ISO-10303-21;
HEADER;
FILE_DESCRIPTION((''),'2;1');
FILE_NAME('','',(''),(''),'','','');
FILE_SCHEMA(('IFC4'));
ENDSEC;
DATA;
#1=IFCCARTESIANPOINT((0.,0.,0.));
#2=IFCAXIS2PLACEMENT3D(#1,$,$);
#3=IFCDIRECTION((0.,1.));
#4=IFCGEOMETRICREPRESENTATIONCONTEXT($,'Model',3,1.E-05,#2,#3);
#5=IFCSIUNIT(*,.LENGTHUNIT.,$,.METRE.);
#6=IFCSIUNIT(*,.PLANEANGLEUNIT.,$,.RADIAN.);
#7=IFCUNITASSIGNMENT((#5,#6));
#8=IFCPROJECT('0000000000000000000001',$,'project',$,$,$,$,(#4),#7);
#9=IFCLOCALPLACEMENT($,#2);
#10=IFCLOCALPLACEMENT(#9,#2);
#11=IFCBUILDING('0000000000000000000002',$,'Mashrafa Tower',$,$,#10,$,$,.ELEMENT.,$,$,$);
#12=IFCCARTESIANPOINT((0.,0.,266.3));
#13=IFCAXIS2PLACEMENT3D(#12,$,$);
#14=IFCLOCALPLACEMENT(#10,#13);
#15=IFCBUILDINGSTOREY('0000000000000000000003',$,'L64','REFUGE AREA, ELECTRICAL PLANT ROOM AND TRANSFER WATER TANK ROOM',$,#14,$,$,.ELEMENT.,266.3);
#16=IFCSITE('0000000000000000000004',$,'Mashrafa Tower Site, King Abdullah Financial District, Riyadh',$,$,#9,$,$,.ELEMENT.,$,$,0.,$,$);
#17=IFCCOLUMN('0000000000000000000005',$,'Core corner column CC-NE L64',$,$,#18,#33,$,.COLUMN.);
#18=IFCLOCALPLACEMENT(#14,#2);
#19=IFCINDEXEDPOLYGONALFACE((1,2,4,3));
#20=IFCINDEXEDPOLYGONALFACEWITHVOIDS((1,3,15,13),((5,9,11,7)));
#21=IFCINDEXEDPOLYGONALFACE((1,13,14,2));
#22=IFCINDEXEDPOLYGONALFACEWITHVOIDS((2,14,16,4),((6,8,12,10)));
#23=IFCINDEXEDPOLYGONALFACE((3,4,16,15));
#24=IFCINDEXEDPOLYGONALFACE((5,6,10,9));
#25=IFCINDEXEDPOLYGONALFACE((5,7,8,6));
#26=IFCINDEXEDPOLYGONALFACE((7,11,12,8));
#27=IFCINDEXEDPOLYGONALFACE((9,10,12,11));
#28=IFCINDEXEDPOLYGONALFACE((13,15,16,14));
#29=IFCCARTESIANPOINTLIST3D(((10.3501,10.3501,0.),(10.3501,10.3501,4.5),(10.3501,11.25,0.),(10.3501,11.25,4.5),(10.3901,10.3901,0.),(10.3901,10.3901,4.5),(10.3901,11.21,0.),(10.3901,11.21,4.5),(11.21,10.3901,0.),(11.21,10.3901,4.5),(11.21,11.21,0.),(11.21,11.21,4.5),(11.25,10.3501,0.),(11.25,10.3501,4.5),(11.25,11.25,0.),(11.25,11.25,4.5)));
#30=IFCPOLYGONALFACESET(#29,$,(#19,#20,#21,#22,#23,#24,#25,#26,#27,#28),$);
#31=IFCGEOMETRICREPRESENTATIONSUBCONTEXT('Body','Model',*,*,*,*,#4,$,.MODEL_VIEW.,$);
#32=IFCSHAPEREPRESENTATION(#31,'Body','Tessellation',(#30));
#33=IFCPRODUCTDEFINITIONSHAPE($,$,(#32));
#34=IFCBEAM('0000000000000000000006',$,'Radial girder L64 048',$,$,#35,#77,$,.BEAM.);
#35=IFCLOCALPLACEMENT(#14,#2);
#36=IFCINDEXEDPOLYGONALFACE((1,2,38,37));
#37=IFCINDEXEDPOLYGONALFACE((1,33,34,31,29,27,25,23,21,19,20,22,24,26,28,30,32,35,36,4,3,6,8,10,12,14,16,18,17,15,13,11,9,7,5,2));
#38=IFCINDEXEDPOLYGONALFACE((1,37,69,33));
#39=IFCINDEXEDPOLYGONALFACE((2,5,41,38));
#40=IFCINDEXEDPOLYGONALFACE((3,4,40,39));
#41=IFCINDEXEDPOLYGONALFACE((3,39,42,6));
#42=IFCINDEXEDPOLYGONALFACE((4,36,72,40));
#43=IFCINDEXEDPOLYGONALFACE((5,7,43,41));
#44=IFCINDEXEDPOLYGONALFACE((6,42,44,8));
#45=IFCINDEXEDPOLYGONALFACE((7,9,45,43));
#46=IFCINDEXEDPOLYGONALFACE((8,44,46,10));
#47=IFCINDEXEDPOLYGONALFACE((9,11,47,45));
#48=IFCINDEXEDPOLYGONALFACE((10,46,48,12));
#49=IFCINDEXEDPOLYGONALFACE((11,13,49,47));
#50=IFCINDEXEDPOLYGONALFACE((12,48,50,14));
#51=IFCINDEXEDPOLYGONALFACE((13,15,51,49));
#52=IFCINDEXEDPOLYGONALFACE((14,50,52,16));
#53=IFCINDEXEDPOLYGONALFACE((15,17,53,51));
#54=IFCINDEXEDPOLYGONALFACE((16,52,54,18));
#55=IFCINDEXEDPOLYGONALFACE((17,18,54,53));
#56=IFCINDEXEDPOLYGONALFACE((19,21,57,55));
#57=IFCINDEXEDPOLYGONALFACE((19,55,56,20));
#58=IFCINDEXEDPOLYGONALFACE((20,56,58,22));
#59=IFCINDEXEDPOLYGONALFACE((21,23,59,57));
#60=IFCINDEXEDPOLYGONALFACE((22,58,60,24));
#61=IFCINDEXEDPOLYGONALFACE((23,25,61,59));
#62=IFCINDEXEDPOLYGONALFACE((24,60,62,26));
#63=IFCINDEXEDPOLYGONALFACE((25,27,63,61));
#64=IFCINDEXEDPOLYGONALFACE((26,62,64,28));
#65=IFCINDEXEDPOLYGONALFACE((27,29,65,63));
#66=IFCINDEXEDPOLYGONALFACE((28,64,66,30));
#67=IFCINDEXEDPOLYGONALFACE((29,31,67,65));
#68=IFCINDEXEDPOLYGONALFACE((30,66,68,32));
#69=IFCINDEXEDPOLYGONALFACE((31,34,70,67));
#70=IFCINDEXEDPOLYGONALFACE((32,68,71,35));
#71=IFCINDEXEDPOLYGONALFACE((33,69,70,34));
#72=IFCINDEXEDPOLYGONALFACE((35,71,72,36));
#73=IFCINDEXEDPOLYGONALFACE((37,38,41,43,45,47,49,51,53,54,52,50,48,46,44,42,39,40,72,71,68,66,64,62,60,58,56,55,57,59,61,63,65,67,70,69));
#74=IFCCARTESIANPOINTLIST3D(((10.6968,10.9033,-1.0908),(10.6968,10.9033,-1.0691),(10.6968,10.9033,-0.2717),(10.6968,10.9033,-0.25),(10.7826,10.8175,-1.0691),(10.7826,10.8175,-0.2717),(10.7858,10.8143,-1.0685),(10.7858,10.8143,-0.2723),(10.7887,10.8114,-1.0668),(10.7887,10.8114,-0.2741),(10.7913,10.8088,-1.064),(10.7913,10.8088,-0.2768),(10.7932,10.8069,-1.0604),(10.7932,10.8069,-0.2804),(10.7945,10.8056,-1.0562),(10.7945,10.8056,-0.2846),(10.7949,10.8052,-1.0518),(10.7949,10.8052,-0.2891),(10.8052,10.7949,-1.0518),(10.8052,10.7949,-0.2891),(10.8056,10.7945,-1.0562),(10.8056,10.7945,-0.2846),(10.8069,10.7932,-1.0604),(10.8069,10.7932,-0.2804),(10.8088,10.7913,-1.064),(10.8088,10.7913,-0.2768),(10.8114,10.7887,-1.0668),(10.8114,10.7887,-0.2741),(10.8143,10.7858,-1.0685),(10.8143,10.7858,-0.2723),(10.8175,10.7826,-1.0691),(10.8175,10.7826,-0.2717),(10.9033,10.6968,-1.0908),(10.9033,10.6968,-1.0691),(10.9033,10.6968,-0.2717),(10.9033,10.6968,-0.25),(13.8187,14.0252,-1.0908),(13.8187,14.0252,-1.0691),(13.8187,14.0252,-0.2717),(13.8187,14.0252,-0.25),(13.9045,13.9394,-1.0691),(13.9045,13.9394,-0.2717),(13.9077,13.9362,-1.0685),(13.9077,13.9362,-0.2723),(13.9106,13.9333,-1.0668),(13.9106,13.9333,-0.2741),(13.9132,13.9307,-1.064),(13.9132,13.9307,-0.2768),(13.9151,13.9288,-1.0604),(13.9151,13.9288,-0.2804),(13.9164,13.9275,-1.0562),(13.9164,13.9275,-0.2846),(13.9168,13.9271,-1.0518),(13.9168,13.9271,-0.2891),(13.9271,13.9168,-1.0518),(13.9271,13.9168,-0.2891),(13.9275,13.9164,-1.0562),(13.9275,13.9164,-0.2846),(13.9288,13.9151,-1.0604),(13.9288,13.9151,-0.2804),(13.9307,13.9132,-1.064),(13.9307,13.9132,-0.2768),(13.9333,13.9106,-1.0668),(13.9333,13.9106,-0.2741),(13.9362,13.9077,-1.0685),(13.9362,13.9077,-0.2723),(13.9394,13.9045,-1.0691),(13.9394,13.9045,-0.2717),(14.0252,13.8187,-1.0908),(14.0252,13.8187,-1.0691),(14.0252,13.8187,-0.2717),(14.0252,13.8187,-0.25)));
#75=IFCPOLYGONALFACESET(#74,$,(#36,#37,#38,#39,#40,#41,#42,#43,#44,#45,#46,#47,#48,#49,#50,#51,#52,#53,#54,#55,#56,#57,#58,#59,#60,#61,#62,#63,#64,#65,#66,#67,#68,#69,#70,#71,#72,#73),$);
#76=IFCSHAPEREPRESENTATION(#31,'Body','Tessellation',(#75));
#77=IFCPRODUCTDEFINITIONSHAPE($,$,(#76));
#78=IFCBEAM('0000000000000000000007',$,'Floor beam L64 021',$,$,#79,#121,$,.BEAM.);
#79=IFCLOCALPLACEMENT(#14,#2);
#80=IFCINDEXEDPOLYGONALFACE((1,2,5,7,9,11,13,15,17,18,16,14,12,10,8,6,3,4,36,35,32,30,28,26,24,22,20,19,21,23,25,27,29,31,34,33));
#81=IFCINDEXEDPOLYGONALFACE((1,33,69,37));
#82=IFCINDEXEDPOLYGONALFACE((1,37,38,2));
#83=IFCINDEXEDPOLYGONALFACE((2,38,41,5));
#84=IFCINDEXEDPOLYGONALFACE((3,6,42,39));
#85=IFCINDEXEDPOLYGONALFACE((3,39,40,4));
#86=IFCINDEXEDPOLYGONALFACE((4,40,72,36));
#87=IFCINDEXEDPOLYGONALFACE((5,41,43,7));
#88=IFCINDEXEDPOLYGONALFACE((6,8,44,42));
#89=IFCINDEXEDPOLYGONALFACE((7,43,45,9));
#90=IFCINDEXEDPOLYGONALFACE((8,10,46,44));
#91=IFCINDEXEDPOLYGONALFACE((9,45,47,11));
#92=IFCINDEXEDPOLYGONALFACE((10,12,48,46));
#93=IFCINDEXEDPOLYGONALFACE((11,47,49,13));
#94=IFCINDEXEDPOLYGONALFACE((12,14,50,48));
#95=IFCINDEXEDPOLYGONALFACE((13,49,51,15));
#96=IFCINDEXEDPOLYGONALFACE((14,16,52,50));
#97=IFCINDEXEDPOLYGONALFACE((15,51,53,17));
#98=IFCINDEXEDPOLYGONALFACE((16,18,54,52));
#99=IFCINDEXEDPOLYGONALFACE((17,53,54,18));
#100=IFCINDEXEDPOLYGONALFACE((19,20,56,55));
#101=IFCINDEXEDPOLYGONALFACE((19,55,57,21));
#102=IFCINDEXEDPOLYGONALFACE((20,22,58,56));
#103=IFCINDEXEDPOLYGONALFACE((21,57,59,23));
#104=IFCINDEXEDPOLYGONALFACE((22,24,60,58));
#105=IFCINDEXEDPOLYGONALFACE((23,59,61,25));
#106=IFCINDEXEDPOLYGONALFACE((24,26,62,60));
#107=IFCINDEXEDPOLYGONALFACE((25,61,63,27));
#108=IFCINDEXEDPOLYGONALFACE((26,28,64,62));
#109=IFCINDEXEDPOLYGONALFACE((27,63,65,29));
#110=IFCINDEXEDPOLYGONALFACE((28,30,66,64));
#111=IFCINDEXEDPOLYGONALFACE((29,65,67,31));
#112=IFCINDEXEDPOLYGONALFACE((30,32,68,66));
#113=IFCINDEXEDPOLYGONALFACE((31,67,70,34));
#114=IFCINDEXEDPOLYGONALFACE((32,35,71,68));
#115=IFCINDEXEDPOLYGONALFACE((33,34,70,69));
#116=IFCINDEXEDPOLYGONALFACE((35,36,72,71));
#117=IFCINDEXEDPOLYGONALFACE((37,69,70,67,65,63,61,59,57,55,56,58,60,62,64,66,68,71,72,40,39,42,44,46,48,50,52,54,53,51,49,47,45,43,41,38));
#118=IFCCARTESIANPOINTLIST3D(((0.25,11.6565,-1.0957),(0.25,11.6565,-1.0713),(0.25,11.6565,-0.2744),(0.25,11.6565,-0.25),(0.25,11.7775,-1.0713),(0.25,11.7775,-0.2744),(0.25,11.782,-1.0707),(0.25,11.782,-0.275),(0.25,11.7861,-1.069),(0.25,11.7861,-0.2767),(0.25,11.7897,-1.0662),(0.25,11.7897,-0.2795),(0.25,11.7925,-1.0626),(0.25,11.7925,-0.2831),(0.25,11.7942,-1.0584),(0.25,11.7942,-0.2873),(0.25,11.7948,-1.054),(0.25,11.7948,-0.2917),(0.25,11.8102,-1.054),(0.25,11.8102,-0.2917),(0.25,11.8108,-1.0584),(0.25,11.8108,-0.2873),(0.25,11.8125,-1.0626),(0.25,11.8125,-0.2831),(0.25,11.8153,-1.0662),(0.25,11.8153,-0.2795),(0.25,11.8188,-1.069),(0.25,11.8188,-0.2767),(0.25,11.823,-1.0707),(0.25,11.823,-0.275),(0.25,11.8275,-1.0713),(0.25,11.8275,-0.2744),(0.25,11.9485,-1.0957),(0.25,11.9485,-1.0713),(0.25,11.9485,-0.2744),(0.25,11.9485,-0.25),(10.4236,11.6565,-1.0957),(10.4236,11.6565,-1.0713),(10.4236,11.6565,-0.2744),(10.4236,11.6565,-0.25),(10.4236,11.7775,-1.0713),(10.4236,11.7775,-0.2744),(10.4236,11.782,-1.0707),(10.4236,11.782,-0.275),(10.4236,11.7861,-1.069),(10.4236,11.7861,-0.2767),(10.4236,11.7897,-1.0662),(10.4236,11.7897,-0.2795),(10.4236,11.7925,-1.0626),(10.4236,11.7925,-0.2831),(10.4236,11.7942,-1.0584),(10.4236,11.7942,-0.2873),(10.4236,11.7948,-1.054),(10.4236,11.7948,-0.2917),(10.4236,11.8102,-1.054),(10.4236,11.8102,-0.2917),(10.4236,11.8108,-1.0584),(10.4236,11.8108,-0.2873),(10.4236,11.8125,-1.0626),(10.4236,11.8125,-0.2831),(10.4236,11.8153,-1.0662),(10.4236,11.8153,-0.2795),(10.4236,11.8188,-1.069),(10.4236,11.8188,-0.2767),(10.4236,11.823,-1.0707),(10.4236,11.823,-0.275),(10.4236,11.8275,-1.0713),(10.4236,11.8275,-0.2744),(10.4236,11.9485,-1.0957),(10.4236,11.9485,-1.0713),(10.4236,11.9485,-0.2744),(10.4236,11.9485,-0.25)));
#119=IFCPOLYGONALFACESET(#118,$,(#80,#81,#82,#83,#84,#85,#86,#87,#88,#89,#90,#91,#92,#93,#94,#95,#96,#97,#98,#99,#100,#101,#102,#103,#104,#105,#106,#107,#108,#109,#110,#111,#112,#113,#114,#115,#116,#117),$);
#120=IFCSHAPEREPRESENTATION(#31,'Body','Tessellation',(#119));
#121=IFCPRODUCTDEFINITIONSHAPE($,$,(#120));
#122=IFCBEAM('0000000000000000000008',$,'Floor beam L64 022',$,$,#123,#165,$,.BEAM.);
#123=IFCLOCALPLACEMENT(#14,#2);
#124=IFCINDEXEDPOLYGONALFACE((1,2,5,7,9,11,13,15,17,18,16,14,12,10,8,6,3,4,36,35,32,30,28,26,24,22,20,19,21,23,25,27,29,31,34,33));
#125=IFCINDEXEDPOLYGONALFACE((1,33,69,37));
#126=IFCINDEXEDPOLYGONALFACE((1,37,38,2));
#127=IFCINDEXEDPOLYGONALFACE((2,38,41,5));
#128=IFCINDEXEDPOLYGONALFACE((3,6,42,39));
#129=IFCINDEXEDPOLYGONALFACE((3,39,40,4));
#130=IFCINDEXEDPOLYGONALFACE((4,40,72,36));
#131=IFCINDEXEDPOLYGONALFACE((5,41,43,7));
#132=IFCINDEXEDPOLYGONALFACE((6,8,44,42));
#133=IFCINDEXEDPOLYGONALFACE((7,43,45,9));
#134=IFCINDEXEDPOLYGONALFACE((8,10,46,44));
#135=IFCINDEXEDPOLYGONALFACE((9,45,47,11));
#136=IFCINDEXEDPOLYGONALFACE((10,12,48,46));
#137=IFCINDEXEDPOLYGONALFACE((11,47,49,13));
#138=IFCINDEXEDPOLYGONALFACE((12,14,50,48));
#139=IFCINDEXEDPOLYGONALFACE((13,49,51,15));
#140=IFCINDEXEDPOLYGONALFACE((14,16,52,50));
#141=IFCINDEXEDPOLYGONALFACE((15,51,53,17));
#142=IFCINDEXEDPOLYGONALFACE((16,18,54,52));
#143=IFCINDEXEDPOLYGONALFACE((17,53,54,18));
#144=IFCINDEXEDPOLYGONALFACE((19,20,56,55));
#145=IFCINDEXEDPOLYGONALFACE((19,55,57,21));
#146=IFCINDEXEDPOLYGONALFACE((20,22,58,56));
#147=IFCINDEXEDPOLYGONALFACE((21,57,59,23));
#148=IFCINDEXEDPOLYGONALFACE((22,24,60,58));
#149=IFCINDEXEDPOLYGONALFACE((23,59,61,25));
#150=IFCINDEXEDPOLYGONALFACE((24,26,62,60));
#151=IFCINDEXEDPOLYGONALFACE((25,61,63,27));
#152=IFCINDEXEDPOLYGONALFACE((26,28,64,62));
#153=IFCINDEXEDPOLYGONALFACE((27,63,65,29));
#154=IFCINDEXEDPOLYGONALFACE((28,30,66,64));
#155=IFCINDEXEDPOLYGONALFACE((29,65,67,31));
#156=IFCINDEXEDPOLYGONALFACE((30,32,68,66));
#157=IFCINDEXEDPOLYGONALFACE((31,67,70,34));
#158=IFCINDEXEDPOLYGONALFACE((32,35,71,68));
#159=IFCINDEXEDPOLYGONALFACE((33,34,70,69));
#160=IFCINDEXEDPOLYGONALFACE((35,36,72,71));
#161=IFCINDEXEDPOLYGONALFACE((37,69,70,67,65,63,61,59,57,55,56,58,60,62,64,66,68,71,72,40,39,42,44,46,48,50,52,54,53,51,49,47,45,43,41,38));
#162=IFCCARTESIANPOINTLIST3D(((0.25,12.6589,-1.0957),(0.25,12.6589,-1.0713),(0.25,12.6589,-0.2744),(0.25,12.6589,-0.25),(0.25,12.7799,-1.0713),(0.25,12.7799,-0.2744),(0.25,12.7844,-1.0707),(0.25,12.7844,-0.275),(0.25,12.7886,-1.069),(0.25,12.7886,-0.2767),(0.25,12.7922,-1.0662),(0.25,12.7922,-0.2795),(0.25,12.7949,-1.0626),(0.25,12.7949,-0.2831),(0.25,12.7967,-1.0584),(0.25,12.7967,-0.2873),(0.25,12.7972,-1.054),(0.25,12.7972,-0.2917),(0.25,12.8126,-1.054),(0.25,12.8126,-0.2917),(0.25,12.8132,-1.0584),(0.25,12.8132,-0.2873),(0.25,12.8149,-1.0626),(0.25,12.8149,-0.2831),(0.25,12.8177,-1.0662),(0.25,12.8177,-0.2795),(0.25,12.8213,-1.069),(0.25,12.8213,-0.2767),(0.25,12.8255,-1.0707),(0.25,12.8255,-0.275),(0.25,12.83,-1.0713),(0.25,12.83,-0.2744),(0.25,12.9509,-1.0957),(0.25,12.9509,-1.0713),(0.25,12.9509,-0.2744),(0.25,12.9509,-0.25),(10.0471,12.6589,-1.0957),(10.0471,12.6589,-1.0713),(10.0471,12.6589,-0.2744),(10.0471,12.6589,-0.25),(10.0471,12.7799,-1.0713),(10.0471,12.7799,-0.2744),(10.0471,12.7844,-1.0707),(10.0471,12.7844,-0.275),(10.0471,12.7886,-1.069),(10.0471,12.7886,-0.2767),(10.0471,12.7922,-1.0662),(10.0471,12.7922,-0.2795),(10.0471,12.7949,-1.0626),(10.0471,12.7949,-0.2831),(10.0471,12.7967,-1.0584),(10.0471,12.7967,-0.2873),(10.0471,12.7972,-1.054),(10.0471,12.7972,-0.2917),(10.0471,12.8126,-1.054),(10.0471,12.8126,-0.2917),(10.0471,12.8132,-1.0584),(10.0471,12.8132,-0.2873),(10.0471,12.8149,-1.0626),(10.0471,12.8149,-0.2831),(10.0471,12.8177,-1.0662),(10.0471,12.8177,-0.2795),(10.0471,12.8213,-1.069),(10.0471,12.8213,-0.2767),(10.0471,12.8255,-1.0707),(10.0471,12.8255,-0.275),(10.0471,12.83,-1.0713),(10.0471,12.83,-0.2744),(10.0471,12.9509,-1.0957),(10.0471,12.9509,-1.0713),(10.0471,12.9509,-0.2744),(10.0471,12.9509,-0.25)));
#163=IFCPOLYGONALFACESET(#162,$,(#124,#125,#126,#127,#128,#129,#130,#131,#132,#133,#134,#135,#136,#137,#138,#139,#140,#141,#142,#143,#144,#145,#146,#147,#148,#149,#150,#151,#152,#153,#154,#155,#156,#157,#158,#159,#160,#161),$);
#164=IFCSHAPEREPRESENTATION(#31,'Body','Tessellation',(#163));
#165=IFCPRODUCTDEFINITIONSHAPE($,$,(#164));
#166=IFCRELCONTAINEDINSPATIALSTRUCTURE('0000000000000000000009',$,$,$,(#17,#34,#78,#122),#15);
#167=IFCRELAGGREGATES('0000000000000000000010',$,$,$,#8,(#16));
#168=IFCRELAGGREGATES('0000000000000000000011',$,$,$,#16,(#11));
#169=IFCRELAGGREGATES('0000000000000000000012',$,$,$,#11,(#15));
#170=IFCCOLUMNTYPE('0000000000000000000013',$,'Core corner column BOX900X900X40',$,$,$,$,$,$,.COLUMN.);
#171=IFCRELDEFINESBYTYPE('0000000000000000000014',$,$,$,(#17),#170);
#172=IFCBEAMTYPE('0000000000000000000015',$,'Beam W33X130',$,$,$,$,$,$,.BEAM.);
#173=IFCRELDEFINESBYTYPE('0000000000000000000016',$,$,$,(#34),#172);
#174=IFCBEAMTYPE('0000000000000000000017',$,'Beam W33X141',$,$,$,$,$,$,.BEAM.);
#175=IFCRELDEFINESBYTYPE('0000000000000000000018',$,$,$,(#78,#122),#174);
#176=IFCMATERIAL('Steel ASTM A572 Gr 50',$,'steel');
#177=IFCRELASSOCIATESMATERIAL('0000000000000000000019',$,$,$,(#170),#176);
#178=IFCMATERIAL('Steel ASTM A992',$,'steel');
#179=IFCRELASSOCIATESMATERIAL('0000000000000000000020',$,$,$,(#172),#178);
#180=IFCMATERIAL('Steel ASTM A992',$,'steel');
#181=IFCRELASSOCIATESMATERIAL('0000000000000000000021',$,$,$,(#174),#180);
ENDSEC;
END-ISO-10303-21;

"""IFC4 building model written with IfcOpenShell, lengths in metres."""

from ifc_helpers import new_model, si_unit, direction, frame, origin, origin_2d, place, context, subcontext, project, spatial, hollow_rectangle, i_section, extrude, material, material_profile, profile_set, type_object, element, save


model = new_model("IFC4")

# Units and contexts
model_context = context("Model", 3, precision=1e-05, world=origin(), true_north=direction((0.0, 1.0)))
body_context = subcontext(model_context, "Body", "Model", "MODEL_VIEW")
ifc_project = project(units=[si_unit("LENGTHUNIT", "METRE"), si_unit("PLANEANGLEUNIT", "RADIAN")], contexts=[model_context])

# Site, building, storey
site_placement = place(None, origin())
site = spatial("IfcSite", under=ifc_project, at=site_placement, Name="Mashrafa Tower Site, King Abdullah Financial District, Riyadh", CompositionType="ELEMENT", RefElevation=0.0)
building_placement = place(site_placement, origin())
building = spatial("IfcBuilding", under=site, at=building_placement, Name="Mashrafa Tower", CompositionType="ELEMENT")
storey_placement = place(building_placement, frame((0.0, 0.0, 266.3)))
storey = spatial("IfcBuildingStorey", under=building, at=storey_placement, Name="L64", Description="REFUGE AREA, ELECTRICAL PLANT ROOM AND TRANSFER WATER TANK ROOM", CompositionType="ELEMENT", Elevation=266.3)

# Column
ifc_material_1 = material(Name="Steel ASTM A572 Gr 50", Category="steel")
ifc_material_profile_1 = material_profile(ifc_material_1, hollow_rectangle(XDim=0.8999, YDim=0.8999, WallThickness=0.04, at=origin_2d()), Name="BOX900X900X40")
ifc_profile_set_1 = profile_set([ifc_material_profile_1], Name="Steel ASTM A572 Gr 50")
column_type = type_object("IfcColumnType", Name="Core corner column BOX900X900X40", PredefinedType="COLUMN", material=ifc_profile_set_1)
column_placement = place(storey_placement, frame((10.8, 10.8, 0.0), z_axis=(0.0, 0.0, 1.0), x_axis=(1.0, 0.0, 0.0)))
element("IfcColumn", 1, at=column_placement, inside=storey, type_object=column_type, Name="Core corner column CC-NE L64", PredefinedType="COLUMN", context=body_context, shape_type="SweptSolid", body=[
    extrude(hollow_rectangle(XDim=0.8999, YDim=0.8999, WallThickness=0.04, at=origin_2d()), origin(), (0.0, 0.0, 1.0), 4.5),
])

# Beams
ifc_material_2 = material(Name="Steel ASTM A992", Category="steel")
ifc_material_profile_2 = material_profile(ifc_material_2, i_section(OverallWidth=0.292, OverallDepth=0.8408, WebThickness=0.0146, FlangeThickness=0.0217, FilletRadius=0.0173, at=origin_2d()), Name="W33X130")
ifc_profile_set_2 = profile_set([ifc_material_profile_2], Name="Steel ASTM A992")
beam_type_1 = type_object("IfcBeamType", Name="Beam W33X130", PredefinedType="BEAM", material=ifc_profile_set_2)
beam_1_placement = place(storey_placement, frame((10.8, 10.8, -0.6704), z_axis=(0.707107, 0.707107, 0.0), x_axis=(-0.707107, 0.707107, 0.0)))
element("IfcBeam", 2, at=beam_1_placement, inside=storey, type_object=beam_type_1, Name="Radial girder L64 048", PredefinedType="BEAM", context=body_context, shape_type="SweptSolid", body=[
    extrude(i_section(OverallWidth=0.292, OverallDepth=0.8408, WebThickness=0.0146, FlangeThickness=0.0217, FilletRadius=0.0173, at=origin_2d()), origin(), (0.0, 0.0, 1.0), 4.415),
])
ifc_material_3 = material(Name="Steel ASTM A992", Category="steel")
ifc_material_profile_3 = material_profile(ifc_material_3, i_section(OverallWidth=0.292, OverallDepth=0.8457, WebThickness=0.0154, FlangeThickness=0.0244, FilletRadius=0.0173, at=origin_2d()), Name="W33X141")
ifc_profile_set_3 = profile_set([ifc_material_profile_3], Name="Steel ASTM A992")
beam_type_2 = type_object("IfcBeamType", Name="Beam W33X141", PredefinedType="BEAM", material=ifc_profile_set_3)
beam_2_placement = place(storey_placement, frame((0.25, 11.8025, -0.6729), z_axis=(1.0, 0.0, 0.0), x_axis=(0.0, 1.0, 0.0)))
element("IfcBeam", 3, at=beam_2_placement, inside=storey, type_object=beam_type_2, Name="Floor beam L64 021", PredefinedType="BEAM", context=body_context, shape_type="SweptSolid", body=[
    extrude(i_section(OverallWidth=0.292, OverallDepth=0.8457, WebThickness=0.0154, FlangeThickness=0.0244, FilletRadius=0.0173, at=origin_2d()), origin(), (0.0, 0.0, 1.0), 10.1736),
])
beam_3_placement = place(storey_placement, frame((0.25, 12.8049, -0.6729), z_axis=(1.0, 0.0, 0.0), x_axis=(0.0, 1.0, 0.0)))
element("IfcBeam", 4, at=beam_3_placement, inside=storey, type_object=beam_type_2, Name="Floor beam L64 022", PredefinedType="BEAM", context=body_context, shape_type="SweptSolid", body=[
    extrude(i_section(OverallWidth=0.292, OverallDepth=0.8457, WebThickness=0.0154, FlangeThickness=0.0244, FilletRadius=0.0173, at=origin_2d()), origin(), (0.0, 0.0, 1.0), 9.7971),
])

save(model, "model.ifc")
